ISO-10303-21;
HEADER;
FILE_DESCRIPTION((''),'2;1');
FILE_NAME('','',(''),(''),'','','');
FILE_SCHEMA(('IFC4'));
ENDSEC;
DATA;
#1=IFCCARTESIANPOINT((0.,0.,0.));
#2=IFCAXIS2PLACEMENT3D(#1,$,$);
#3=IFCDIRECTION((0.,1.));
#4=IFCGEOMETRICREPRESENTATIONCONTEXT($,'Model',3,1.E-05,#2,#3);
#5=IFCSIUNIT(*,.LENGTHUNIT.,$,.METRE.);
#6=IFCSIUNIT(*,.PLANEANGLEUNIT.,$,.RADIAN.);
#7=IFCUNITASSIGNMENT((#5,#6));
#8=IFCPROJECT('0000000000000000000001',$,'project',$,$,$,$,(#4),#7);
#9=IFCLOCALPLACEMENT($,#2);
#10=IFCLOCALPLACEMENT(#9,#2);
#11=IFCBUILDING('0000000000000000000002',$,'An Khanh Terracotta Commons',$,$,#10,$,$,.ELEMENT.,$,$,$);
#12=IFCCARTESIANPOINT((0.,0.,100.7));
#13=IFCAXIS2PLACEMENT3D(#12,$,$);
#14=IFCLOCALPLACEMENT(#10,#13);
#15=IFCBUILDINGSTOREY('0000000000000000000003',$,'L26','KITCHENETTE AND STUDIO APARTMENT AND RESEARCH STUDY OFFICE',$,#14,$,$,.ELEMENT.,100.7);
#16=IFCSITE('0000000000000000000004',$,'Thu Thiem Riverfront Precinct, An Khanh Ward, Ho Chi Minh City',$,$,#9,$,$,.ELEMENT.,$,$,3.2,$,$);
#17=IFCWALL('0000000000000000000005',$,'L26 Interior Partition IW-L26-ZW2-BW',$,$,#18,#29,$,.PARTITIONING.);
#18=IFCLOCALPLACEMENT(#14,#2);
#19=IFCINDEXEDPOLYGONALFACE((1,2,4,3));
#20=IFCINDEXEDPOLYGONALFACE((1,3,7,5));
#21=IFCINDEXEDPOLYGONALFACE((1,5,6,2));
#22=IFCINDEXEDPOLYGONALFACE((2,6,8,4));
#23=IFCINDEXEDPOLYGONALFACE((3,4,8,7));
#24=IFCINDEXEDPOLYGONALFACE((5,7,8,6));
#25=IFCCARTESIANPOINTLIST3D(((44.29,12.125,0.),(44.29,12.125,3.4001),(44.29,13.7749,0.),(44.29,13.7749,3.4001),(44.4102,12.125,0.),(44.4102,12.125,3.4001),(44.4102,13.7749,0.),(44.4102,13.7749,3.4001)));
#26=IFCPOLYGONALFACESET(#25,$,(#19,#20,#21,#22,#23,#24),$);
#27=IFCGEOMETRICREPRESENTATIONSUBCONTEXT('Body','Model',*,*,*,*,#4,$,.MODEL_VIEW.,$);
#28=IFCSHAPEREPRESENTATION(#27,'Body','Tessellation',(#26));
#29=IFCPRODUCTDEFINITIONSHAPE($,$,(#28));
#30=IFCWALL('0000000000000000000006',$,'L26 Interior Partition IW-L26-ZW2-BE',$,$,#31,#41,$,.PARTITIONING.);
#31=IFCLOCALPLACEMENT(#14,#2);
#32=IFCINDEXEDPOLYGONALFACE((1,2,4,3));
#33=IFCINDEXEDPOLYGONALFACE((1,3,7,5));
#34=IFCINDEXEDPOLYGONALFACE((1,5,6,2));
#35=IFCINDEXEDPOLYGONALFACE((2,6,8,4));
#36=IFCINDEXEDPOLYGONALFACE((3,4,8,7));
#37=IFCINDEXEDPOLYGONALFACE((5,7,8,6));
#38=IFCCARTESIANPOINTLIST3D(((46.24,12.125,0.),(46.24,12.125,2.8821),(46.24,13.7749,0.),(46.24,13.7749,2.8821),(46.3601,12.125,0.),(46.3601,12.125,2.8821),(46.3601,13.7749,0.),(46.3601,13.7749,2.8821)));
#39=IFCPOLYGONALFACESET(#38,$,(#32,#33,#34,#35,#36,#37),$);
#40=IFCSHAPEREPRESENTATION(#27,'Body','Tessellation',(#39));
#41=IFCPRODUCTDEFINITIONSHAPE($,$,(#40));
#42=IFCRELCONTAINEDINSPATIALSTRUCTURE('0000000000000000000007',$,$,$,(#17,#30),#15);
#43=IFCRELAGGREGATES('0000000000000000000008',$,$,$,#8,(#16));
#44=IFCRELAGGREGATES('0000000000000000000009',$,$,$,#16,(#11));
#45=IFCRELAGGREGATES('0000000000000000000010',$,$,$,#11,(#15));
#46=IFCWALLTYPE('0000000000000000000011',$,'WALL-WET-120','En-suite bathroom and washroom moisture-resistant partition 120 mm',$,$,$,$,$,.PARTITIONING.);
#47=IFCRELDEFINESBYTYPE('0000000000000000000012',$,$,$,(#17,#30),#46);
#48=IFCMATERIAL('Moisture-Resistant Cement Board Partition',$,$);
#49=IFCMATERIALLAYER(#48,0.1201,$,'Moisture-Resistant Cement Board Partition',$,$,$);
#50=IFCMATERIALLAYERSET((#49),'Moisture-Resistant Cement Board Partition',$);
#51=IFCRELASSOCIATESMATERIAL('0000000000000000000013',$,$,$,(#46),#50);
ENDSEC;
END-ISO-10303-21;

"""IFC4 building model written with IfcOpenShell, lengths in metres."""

from ifc_helpers import new_model, si_unit, direction, frame, frame_2d, origin, place, context, subcontext, project, spatial, rectangle, extrude, material, layer, layer_set, type_object, element, save


model = new_model("IFC4")

# Units and contexts
model_context = context("Model", 3, precision=1e-05, world=origin(), true_north=direction((0.0, 1.0)))
body_context = subcontext(model_context, "Body", "Model", "MODEL_VIEW")
ifc_project = project(units=[si_unit("LENGTHUNIT", "METRE"), si_unit("PLANEANGLEUNIT", "RADIAN")], contexts=[model_context])

# Site, building, storey
site_placement = place(None, origin())
site = spatial("IfcSite", under=ifc_project, at=site_placement, Name="Thu Thiem Riverfront Precinct, An Khanh Ward, Ho Chi Minh City", CompositionType="ELEMENT", RefElevation=3.2)
building_placement = place(site_placement, origin())
building = spatial("IfcBuilding", under=site, at=building_placement, Name="An Khanh Terracotta Commons", CompositionType="ELEMENT")
storey_placement = place(building_placement, frame((0.0, 0.0, 100.7)))
storey = spatial("IfcBuildingStorey", under=building, at=storey_placement, Name="L26", Description="KITCHENETTE AND STUDIO APARTMENT AND RESEARCH STUDY OFFICE", CompositionType="ELEMENT", Elevation=100.7)

# Shared definitions
ifc_material_1 = material(Name="Moisture-Resistant Cement Board Partition")
ifc_layer_1 = layer(ifc_material_1, 0.1201, Name="Moisture-Resistant Cement Board Partition")
ifc_layer_set_1 = layer_set([ifc_layer_1], Name="Moisture-Resistant Cement Board Partition")
wall_type_1 = type_object("IfcWallType", Name="WALL-WET-120", Description="En-suite bathroom and washroom moisture-resistant partition 120 mm", PredefinedType="PARTITIONING", material=ifc_layer_set_1)

# Walls
wall_1_placement = place(storey_placement, frame((44.3501, 13.7749, 0.0), z_axis=(0.0, 0.0, 1.0), x_axis=(0.0, -1.0, 0.0)))
element("IfcWall", 1, at=wall_1_placement, inside=storey, type_object=wall_type_1, Name="L26 Interior Partition IW-L26-ZW2-BW", PredefinedType="PARTITIONING", context=body_context, shape_type="SweptSolid", body=[
    extrude(rectangle(XDim=1.6499, YDim=0.1201, at=frame_2d((0.825, 0.0))), origin(), (0.0, 0.0, 1.0), 3.4001),
])
wall_2_placement = place(storey_placement, frame((46.3, 12.125, 0.0), z_axis=(0.0, 0.0, 1.0), x_axis=(0.0, 1.0, 0.0)))
element("IfcWall", 2, at=wall_2_placement, inside=storey, type_object=wall_type_1, Name="L26 Interior Partition IW-L26-ZW2-BE", PredefinedType="PARTITIONING", context=body_context, shape_type="SweptSolid", body=[
    extrude(rectangle(XDim=1.6499, YDim=0.1201, at=frame_2d((0.825, 0.0))), origin(), (0.0, 0.0, 1.0), 2.8821),
])

save(model, "model.ifc")
